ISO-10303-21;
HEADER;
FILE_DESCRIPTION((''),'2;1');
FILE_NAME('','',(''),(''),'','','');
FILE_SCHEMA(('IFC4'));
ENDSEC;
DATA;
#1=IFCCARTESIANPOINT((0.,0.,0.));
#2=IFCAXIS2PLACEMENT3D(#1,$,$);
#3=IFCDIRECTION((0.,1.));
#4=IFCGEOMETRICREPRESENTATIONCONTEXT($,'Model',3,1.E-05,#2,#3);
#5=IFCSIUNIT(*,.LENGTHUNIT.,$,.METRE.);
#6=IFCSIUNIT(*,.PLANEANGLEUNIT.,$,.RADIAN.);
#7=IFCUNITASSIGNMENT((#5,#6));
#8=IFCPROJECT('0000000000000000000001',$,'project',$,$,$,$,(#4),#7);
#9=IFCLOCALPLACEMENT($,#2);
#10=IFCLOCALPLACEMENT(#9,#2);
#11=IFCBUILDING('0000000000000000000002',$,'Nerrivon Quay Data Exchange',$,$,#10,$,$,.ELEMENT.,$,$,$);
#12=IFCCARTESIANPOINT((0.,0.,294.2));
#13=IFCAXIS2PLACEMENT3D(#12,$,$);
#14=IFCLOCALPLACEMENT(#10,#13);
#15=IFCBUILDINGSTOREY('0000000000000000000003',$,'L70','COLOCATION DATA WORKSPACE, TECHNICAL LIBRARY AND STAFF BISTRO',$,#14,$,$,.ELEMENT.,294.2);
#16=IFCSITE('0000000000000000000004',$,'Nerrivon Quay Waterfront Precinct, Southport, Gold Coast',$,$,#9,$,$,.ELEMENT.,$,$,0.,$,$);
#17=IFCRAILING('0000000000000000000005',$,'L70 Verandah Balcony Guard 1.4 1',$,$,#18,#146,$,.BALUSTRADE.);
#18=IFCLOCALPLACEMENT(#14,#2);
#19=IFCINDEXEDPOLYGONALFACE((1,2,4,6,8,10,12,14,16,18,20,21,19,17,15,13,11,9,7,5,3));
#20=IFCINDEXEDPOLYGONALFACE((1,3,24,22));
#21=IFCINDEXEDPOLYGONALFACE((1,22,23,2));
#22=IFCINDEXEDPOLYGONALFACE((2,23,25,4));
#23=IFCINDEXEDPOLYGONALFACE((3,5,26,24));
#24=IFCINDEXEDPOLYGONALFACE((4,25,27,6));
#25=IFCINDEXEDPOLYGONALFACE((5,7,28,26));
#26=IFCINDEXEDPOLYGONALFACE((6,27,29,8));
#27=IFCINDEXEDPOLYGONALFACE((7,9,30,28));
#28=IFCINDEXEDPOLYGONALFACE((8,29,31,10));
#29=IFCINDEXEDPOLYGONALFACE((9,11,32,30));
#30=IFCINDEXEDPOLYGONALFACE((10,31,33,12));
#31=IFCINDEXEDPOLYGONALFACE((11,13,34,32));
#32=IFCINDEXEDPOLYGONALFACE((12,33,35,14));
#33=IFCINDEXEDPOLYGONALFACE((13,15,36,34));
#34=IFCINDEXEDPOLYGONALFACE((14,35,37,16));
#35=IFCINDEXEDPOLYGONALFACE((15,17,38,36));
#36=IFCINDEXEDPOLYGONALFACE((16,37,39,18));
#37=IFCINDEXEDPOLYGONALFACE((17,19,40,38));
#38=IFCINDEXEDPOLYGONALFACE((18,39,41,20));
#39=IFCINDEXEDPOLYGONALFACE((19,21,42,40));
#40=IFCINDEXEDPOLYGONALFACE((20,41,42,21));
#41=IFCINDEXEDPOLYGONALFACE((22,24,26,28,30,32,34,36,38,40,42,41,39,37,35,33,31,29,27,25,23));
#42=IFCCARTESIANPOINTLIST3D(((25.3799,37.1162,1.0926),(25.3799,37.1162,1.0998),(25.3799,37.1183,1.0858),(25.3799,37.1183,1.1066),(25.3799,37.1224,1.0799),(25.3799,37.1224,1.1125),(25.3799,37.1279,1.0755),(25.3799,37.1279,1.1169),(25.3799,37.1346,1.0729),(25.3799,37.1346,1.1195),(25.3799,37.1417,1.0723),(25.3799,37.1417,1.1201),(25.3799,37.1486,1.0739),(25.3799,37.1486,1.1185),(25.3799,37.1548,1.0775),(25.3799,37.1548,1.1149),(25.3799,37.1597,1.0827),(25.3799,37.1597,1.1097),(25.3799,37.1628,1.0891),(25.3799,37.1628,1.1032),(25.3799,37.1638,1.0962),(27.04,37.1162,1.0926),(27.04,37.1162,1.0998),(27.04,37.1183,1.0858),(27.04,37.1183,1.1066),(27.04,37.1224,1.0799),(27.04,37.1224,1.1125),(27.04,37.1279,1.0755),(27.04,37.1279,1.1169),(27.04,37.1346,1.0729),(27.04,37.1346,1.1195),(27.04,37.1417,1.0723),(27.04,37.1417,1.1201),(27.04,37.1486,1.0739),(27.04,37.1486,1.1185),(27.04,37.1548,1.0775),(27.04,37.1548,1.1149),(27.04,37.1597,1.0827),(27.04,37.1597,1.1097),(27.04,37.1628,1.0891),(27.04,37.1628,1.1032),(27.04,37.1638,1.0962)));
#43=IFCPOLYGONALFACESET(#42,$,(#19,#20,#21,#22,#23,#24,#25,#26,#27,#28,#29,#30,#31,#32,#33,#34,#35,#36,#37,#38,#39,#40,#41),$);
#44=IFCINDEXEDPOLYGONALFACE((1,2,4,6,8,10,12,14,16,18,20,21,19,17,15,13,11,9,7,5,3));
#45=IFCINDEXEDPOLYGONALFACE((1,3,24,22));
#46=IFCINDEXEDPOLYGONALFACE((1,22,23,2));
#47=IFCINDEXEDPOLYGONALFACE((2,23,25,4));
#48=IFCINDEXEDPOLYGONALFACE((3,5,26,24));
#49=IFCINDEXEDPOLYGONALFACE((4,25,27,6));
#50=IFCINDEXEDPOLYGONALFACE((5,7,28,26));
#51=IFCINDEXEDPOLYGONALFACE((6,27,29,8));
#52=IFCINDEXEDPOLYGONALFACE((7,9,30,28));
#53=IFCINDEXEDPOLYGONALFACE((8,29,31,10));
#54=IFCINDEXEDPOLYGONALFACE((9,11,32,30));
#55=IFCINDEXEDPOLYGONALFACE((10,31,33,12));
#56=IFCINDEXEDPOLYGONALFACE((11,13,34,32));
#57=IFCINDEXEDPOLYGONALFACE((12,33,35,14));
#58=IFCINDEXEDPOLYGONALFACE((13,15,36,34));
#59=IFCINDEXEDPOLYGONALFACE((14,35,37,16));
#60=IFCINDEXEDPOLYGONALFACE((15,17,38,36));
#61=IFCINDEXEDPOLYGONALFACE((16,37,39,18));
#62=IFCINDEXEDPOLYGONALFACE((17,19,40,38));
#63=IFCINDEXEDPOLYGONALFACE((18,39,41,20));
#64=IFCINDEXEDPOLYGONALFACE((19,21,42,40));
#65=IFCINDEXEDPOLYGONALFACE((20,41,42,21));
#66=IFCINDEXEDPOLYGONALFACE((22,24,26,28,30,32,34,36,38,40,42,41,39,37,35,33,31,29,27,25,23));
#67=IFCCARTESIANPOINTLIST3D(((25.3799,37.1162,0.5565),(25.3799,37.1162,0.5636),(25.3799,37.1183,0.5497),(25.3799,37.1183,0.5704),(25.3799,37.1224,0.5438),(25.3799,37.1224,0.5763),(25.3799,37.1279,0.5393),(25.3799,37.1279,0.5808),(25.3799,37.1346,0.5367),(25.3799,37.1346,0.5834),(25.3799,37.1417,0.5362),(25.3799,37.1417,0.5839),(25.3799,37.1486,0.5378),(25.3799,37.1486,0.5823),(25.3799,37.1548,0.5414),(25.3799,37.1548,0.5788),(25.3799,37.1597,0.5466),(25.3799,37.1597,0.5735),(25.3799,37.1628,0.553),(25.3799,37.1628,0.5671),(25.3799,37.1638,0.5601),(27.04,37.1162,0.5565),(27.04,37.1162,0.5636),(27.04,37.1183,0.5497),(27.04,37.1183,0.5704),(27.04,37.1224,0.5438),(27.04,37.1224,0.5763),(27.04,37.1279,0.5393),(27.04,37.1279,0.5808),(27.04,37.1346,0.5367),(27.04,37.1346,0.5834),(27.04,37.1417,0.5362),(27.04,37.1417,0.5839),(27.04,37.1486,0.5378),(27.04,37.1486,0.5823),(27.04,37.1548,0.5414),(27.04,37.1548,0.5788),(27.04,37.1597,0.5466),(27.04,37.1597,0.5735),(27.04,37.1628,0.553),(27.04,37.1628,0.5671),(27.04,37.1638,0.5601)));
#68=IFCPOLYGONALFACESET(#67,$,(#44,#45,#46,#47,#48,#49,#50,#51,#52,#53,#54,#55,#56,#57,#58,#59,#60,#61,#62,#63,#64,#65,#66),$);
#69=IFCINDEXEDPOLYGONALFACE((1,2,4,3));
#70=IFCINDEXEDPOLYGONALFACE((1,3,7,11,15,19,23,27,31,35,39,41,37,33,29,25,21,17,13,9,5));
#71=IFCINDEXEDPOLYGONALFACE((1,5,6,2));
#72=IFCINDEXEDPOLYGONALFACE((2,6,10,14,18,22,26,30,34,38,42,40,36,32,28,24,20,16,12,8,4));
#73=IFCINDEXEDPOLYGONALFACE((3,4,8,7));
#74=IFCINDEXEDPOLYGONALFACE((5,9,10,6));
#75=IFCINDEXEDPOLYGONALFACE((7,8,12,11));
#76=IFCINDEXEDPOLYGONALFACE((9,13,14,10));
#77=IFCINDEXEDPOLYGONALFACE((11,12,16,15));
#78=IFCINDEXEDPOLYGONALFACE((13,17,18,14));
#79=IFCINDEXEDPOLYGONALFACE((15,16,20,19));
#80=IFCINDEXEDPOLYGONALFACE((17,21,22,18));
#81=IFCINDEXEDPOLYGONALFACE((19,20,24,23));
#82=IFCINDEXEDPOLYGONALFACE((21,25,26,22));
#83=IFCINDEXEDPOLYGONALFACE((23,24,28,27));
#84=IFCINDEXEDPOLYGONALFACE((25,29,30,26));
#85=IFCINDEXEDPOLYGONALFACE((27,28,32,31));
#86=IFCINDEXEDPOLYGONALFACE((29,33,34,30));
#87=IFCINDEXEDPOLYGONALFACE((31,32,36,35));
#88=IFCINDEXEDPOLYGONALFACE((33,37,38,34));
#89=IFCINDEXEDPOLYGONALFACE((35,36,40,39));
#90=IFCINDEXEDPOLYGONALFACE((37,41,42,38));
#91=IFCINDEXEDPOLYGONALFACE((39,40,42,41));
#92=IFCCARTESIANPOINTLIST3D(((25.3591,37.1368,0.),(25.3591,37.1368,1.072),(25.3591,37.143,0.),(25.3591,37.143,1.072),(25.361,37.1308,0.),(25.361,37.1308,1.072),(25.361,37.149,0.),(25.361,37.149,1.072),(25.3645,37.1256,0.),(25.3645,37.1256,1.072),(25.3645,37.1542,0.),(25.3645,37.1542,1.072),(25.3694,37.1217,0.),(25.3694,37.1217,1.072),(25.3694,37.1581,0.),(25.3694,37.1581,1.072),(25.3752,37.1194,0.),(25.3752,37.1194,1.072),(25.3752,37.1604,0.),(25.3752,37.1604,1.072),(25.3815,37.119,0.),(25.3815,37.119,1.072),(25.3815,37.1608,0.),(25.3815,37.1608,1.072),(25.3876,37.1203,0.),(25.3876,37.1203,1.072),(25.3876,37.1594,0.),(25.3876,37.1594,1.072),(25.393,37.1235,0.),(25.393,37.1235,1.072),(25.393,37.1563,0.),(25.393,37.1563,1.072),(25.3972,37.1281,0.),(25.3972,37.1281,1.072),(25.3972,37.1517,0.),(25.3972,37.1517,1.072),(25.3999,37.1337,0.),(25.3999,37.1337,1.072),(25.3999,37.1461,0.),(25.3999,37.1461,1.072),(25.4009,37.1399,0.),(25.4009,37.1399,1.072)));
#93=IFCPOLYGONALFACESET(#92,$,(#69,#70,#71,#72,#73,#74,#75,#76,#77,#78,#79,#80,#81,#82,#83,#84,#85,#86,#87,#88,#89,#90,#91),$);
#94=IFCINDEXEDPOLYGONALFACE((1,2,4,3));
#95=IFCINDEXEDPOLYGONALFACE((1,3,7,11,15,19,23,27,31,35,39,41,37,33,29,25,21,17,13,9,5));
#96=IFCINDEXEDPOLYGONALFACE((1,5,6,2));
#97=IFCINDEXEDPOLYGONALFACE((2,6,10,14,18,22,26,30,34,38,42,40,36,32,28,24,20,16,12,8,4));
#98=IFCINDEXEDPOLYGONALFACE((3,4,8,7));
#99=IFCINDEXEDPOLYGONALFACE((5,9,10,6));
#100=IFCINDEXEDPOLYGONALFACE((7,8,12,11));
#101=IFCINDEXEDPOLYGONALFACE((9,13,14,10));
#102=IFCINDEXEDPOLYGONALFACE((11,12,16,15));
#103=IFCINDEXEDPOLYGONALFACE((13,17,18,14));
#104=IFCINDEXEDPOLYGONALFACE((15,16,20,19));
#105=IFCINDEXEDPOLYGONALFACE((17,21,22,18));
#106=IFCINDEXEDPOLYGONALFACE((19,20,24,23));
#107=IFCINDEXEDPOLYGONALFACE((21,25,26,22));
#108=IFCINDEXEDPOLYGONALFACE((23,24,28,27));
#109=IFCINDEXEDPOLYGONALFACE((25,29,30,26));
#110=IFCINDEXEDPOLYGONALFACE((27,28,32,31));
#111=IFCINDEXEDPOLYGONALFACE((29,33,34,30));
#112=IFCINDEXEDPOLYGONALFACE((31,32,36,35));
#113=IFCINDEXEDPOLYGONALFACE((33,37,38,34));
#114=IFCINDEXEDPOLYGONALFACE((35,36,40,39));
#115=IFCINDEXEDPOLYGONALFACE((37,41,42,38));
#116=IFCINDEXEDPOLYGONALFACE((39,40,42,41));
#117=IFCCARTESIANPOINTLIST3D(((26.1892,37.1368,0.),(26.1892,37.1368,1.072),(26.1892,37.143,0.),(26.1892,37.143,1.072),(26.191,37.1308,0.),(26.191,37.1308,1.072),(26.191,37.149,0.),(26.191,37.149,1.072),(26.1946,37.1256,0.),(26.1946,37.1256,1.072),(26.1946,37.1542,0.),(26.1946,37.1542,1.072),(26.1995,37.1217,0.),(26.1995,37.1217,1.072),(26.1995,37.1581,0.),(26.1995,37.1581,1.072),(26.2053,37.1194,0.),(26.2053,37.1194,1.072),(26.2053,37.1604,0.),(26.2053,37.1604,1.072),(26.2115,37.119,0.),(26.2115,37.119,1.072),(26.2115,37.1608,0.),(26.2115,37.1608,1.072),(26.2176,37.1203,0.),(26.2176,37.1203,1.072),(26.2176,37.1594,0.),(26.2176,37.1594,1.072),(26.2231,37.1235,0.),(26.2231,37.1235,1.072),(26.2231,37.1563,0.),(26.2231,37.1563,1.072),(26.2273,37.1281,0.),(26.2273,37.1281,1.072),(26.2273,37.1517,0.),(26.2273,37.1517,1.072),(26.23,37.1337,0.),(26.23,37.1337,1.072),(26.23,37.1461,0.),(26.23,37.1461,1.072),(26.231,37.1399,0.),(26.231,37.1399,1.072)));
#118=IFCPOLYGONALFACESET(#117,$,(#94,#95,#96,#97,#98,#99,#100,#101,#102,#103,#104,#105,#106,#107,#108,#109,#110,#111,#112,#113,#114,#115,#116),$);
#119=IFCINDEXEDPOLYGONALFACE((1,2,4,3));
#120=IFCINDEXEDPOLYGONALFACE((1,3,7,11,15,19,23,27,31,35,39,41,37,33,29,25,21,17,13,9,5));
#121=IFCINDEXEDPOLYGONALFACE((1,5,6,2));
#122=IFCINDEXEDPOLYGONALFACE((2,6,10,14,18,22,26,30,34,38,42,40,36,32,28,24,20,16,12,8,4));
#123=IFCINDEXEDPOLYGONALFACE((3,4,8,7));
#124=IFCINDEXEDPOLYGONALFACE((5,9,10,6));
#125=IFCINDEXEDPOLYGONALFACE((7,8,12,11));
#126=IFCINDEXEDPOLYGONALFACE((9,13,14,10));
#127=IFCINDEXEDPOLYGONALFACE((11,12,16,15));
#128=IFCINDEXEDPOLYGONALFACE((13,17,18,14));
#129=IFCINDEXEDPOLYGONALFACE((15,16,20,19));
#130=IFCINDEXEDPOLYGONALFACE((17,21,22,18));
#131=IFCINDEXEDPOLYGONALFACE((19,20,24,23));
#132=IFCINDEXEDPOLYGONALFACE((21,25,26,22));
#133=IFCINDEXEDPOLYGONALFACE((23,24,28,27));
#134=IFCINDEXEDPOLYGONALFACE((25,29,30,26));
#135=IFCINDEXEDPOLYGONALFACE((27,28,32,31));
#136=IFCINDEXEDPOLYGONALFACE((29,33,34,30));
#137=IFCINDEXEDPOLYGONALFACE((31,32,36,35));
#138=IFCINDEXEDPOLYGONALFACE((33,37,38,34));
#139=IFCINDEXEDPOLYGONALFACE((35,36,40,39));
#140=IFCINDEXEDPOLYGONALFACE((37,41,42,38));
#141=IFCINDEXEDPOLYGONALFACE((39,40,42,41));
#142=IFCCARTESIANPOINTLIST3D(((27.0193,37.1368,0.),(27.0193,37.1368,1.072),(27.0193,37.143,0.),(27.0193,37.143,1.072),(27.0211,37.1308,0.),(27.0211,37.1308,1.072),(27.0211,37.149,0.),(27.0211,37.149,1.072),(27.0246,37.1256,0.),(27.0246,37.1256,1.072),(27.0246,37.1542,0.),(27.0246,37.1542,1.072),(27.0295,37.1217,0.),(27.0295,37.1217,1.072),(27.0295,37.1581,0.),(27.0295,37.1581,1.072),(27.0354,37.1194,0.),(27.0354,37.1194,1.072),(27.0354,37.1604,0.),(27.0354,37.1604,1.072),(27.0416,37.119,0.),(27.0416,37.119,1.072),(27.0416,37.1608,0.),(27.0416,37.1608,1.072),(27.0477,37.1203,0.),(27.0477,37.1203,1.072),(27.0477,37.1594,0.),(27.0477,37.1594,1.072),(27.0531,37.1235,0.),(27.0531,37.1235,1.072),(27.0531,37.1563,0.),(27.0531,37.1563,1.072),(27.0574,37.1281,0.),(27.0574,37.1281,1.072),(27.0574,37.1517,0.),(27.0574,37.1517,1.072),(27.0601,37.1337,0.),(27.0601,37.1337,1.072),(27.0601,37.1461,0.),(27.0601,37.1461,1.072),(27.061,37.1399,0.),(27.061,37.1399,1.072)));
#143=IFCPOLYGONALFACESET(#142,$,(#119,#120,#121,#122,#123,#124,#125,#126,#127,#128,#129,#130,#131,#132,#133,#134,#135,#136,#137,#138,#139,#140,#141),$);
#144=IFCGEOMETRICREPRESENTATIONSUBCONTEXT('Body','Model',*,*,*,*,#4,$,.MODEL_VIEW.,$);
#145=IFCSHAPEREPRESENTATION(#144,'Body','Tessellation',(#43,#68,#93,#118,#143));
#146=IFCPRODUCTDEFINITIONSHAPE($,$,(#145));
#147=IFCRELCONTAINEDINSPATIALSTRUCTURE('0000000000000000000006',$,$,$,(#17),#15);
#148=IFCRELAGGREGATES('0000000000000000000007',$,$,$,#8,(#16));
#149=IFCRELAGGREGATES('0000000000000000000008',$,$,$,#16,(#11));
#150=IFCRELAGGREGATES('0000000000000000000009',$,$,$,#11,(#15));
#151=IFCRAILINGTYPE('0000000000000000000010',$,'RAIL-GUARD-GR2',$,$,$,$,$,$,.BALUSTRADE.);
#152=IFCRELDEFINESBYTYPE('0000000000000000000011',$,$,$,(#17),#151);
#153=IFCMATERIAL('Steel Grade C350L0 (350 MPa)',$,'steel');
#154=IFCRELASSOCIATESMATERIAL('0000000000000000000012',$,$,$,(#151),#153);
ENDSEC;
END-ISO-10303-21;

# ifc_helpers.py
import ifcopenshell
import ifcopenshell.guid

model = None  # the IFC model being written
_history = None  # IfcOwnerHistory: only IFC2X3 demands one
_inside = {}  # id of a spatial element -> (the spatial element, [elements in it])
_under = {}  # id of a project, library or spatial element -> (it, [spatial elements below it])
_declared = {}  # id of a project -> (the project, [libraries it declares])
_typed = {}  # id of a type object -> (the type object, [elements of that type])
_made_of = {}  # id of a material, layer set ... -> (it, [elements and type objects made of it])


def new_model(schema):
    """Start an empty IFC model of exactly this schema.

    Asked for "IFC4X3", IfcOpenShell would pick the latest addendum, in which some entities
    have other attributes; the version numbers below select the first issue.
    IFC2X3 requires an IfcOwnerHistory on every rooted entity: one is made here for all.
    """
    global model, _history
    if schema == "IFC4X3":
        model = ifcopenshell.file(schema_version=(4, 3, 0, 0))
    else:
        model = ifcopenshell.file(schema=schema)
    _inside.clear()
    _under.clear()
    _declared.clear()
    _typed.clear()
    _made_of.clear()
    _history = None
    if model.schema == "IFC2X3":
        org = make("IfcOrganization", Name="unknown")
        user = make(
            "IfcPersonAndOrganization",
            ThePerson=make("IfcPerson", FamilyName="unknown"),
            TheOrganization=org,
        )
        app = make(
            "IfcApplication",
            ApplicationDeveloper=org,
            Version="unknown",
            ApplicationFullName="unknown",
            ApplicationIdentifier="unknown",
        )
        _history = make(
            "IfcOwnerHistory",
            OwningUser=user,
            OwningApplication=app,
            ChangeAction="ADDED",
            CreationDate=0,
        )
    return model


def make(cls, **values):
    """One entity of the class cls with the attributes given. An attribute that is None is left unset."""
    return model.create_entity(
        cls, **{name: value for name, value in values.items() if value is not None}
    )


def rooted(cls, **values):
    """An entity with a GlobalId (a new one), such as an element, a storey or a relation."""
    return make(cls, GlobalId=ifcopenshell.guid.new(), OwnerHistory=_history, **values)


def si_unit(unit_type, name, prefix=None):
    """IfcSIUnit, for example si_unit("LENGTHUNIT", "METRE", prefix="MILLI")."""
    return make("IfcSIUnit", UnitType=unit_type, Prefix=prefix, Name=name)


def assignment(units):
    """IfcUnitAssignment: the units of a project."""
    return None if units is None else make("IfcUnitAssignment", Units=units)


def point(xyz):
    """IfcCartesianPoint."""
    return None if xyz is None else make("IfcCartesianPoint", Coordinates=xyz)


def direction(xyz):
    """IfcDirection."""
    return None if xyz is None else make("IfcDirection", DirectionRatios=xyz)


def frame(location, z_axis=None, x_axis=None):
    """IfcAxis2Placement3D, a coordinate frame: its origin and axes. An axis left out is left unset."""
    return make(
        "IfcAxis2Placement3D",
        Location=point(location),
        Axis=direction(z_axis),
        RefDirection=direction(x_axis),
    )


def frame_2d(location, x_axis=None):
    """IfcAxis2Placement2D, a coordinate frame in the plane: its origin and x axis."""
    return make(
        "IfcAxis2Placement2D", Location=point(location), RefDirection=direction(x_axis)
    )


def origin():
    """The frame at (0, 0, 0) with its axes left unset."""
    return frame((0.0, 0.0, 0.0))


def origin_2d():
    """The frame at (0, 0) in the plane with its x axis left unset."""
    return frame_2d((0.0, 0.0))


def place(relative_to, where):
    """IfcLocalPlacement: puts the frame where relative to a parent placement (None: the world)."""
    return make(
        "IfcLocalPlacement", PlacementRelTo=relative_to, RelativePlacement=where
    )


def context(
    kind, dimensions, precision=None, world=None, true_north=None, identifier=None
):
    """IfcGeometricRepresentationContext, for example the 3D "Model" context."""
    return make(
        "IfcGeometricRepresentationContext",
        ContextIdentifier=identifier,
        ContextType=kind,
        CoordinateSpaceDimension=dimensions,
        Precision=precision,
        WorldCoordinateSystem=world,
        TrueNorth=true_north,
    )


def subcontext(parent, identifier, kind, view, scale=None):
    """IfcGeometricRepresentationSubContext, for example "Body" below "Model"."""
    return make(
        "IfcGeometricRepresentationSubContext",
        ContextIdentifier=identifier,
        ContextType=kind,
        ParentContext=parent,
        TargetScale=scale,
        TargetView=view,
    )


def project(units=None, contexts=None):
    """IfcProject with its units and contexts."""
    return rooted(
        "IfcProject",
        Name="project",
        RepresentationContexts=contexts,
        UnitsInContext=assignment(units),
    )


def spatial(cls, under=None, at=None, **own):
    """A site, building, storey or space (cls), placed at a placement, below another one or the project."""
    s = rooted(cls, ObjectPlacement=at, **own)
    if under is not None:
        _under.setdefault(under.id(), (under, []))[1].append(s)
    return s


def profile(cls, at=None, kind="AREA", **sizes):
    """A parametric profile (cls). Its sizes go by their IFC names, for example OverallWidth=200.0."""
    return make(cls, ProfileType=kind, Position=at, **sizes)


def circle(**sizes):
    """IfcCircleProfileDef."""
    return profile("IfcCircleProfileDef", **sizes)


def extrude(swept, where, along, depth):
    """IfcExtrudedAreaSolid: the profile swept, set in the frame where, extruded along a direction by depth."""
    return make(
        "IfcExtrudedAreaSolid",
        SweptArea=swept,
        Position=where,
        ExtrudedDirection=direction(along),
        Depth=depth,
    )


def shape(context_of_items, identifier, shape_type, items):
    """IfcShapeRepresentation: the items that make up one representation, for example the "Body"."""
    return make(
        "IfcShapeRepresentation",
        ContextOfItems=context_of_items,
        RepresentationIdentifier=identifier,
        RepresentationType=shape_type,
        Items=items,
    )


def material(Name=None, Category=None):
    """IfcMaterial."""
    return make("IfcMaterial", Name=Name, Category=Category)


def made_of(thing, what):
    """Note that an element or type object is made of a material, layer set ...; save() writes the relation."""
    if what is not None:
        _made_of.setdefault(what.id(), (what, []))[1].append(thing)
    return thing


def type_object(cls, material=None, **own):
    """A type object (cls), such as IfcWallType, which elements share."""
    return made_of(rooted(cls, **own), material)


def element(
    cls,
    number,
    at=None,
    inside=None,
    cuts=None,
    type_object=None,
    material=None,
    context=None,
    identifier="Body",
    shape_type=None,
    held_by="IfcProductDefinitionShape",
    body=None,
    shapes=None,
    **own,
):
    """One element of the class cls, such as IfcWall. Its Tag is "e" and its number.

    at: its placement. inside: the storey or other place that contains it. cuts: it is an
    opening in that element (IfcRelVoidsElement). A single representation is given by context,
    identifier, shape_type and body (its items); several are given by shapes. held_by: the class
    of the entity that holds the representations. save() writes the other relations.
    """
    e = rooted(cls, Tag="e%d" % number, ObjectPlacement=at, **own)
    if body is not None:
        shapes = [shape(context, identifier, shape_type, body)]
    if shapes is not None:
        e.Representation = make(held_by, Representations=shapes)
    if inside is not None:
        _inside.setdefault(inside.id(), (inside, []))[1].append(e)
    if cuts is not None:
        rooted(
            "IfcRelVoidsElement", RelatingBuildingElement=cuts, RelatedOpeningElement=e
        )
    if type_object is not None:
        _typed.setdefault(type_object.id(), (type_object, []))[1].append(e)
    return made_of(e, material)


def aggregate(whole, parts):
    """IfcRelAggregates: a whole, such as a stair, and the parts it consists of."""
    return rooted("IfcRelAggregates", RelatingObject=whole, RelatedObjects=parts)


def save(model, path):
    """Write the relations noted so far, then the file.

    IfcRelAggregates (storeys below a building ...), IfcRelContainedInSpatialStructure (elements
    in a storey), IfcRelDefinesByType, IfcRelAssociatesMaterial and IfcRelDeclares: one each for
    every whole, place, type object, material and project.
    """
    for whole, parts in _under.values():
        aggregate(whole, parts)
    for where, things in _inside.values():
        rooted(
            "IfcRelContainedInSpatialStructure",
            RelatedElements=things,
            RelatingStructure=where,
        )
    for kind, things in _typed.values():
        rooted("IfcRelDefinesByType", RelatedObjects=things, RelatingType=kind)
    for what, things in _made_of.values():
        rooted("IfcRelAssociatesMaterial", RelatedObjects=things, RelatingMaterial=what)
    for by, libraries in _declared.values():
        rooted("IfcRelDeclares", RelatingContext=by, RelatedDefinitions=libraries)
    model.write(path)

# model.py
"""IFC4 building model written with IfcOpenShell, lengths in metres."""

from ifc_helpers import new_model, si_unit, direction, frame, origin, origin_2d, place, context, subcontext, project, spatial, circle, extrude, material, type_object, element, save


model = new_model("IFC4")

# Units and contexts
model_context = context("Model", 3, precision=1e-05, world=origin(), true_north=direction((0.0, 1.0)))
body_context = subcontext(model_context, "Body", "Model", "MODEL_VIEW")
ifc_project = project(units=[si_unit("LENGTHUNIT", "METRE"), si_unit("PLANEANGLEUNIT", "RADIAN")], contexts=[model_context])

# Site, building, storey
site_placement = place(None, origin())
site = spatial("IfcSite", under=ifc_project, at=site_placement, Name="Nerrivon Quay Waterfront Precinct, Southport, Gold Coast", CompositionType="ELEMENT", RefElevation=0.0)
building_placement = place(site_placement, origin())
building = spatial("IfcBuilding", under=site, at=building_placement, Name="Nerrivon Quay Data Exchange", CompositionType="ELEMENT")
storey_placement = place(building_placement, frame((0.0, 0.0, 294.2)))
storey = spatial("IfcBuildingStorey", under=building, at=storey_placement, Name="L70", Description="COLOCATION DATA WORKSPACE, TECHNICAL LIBRARY AND STAFF BISTRO", CompositionType="ELEMENT", Elevation=294.2)

# Railing
ifc_material_1 = material(Name="Steel Grade C350L0 (350 MPa)", Category="steel")
railing_type = type_object("IfcRailingType", Name="RAIL-GUARD-GR2", PredefinedType="BALUSTRADE", material=ifc_material_1)
railing_1_placement = place(storey_placement, frame((25.3799, 37.1399, 0.0)))
element("IfcRailing", 1, at=railing_1_placement, inside=storey, type_object=railing_type, Name="L70 Verandah Balcony Guard 1.4 1", PredefinedType="BALUSTRADE", context=body_context, shape_type="SweptSolid", body=[
    extrude(circle(Radius=0.0239, at=origin_2d()), frame((0.0, 0.0, 1.0962), z_axis=(1.0, 0.0, 0.0), x_axis=(0.0, 1.0, 0.0)), (0.0, 0.0, 1.0), 1.6602),
    extrude(circle(Radius=0.0239, at=origin_2d()), frame((0.0, 0.0, 0.5601), z_axis=(1.0, 0.0, 0.0), x_axis=(0.0, 1.0, 0.0)), (0.0, 0.0, 1.0), 1.6602),
    extrude(circle(Radius=0.021, at=origin_2d()), origin(), (0.0, 0.0, 1.0), 1.072),
    extrude(circle(Radius=0.021, at=origin_2d()), frame((0.8301, 0.0, 0.0)), (0.0, 0.0, 1.0), 1.072),
    extrude(circle(Radius=0.021, at=origin_2d()), frame((1.6602, 0.0, 0.0)), (0.0, 0.0, 1.0), 1.072),
])

save(model, "model.ifc")
